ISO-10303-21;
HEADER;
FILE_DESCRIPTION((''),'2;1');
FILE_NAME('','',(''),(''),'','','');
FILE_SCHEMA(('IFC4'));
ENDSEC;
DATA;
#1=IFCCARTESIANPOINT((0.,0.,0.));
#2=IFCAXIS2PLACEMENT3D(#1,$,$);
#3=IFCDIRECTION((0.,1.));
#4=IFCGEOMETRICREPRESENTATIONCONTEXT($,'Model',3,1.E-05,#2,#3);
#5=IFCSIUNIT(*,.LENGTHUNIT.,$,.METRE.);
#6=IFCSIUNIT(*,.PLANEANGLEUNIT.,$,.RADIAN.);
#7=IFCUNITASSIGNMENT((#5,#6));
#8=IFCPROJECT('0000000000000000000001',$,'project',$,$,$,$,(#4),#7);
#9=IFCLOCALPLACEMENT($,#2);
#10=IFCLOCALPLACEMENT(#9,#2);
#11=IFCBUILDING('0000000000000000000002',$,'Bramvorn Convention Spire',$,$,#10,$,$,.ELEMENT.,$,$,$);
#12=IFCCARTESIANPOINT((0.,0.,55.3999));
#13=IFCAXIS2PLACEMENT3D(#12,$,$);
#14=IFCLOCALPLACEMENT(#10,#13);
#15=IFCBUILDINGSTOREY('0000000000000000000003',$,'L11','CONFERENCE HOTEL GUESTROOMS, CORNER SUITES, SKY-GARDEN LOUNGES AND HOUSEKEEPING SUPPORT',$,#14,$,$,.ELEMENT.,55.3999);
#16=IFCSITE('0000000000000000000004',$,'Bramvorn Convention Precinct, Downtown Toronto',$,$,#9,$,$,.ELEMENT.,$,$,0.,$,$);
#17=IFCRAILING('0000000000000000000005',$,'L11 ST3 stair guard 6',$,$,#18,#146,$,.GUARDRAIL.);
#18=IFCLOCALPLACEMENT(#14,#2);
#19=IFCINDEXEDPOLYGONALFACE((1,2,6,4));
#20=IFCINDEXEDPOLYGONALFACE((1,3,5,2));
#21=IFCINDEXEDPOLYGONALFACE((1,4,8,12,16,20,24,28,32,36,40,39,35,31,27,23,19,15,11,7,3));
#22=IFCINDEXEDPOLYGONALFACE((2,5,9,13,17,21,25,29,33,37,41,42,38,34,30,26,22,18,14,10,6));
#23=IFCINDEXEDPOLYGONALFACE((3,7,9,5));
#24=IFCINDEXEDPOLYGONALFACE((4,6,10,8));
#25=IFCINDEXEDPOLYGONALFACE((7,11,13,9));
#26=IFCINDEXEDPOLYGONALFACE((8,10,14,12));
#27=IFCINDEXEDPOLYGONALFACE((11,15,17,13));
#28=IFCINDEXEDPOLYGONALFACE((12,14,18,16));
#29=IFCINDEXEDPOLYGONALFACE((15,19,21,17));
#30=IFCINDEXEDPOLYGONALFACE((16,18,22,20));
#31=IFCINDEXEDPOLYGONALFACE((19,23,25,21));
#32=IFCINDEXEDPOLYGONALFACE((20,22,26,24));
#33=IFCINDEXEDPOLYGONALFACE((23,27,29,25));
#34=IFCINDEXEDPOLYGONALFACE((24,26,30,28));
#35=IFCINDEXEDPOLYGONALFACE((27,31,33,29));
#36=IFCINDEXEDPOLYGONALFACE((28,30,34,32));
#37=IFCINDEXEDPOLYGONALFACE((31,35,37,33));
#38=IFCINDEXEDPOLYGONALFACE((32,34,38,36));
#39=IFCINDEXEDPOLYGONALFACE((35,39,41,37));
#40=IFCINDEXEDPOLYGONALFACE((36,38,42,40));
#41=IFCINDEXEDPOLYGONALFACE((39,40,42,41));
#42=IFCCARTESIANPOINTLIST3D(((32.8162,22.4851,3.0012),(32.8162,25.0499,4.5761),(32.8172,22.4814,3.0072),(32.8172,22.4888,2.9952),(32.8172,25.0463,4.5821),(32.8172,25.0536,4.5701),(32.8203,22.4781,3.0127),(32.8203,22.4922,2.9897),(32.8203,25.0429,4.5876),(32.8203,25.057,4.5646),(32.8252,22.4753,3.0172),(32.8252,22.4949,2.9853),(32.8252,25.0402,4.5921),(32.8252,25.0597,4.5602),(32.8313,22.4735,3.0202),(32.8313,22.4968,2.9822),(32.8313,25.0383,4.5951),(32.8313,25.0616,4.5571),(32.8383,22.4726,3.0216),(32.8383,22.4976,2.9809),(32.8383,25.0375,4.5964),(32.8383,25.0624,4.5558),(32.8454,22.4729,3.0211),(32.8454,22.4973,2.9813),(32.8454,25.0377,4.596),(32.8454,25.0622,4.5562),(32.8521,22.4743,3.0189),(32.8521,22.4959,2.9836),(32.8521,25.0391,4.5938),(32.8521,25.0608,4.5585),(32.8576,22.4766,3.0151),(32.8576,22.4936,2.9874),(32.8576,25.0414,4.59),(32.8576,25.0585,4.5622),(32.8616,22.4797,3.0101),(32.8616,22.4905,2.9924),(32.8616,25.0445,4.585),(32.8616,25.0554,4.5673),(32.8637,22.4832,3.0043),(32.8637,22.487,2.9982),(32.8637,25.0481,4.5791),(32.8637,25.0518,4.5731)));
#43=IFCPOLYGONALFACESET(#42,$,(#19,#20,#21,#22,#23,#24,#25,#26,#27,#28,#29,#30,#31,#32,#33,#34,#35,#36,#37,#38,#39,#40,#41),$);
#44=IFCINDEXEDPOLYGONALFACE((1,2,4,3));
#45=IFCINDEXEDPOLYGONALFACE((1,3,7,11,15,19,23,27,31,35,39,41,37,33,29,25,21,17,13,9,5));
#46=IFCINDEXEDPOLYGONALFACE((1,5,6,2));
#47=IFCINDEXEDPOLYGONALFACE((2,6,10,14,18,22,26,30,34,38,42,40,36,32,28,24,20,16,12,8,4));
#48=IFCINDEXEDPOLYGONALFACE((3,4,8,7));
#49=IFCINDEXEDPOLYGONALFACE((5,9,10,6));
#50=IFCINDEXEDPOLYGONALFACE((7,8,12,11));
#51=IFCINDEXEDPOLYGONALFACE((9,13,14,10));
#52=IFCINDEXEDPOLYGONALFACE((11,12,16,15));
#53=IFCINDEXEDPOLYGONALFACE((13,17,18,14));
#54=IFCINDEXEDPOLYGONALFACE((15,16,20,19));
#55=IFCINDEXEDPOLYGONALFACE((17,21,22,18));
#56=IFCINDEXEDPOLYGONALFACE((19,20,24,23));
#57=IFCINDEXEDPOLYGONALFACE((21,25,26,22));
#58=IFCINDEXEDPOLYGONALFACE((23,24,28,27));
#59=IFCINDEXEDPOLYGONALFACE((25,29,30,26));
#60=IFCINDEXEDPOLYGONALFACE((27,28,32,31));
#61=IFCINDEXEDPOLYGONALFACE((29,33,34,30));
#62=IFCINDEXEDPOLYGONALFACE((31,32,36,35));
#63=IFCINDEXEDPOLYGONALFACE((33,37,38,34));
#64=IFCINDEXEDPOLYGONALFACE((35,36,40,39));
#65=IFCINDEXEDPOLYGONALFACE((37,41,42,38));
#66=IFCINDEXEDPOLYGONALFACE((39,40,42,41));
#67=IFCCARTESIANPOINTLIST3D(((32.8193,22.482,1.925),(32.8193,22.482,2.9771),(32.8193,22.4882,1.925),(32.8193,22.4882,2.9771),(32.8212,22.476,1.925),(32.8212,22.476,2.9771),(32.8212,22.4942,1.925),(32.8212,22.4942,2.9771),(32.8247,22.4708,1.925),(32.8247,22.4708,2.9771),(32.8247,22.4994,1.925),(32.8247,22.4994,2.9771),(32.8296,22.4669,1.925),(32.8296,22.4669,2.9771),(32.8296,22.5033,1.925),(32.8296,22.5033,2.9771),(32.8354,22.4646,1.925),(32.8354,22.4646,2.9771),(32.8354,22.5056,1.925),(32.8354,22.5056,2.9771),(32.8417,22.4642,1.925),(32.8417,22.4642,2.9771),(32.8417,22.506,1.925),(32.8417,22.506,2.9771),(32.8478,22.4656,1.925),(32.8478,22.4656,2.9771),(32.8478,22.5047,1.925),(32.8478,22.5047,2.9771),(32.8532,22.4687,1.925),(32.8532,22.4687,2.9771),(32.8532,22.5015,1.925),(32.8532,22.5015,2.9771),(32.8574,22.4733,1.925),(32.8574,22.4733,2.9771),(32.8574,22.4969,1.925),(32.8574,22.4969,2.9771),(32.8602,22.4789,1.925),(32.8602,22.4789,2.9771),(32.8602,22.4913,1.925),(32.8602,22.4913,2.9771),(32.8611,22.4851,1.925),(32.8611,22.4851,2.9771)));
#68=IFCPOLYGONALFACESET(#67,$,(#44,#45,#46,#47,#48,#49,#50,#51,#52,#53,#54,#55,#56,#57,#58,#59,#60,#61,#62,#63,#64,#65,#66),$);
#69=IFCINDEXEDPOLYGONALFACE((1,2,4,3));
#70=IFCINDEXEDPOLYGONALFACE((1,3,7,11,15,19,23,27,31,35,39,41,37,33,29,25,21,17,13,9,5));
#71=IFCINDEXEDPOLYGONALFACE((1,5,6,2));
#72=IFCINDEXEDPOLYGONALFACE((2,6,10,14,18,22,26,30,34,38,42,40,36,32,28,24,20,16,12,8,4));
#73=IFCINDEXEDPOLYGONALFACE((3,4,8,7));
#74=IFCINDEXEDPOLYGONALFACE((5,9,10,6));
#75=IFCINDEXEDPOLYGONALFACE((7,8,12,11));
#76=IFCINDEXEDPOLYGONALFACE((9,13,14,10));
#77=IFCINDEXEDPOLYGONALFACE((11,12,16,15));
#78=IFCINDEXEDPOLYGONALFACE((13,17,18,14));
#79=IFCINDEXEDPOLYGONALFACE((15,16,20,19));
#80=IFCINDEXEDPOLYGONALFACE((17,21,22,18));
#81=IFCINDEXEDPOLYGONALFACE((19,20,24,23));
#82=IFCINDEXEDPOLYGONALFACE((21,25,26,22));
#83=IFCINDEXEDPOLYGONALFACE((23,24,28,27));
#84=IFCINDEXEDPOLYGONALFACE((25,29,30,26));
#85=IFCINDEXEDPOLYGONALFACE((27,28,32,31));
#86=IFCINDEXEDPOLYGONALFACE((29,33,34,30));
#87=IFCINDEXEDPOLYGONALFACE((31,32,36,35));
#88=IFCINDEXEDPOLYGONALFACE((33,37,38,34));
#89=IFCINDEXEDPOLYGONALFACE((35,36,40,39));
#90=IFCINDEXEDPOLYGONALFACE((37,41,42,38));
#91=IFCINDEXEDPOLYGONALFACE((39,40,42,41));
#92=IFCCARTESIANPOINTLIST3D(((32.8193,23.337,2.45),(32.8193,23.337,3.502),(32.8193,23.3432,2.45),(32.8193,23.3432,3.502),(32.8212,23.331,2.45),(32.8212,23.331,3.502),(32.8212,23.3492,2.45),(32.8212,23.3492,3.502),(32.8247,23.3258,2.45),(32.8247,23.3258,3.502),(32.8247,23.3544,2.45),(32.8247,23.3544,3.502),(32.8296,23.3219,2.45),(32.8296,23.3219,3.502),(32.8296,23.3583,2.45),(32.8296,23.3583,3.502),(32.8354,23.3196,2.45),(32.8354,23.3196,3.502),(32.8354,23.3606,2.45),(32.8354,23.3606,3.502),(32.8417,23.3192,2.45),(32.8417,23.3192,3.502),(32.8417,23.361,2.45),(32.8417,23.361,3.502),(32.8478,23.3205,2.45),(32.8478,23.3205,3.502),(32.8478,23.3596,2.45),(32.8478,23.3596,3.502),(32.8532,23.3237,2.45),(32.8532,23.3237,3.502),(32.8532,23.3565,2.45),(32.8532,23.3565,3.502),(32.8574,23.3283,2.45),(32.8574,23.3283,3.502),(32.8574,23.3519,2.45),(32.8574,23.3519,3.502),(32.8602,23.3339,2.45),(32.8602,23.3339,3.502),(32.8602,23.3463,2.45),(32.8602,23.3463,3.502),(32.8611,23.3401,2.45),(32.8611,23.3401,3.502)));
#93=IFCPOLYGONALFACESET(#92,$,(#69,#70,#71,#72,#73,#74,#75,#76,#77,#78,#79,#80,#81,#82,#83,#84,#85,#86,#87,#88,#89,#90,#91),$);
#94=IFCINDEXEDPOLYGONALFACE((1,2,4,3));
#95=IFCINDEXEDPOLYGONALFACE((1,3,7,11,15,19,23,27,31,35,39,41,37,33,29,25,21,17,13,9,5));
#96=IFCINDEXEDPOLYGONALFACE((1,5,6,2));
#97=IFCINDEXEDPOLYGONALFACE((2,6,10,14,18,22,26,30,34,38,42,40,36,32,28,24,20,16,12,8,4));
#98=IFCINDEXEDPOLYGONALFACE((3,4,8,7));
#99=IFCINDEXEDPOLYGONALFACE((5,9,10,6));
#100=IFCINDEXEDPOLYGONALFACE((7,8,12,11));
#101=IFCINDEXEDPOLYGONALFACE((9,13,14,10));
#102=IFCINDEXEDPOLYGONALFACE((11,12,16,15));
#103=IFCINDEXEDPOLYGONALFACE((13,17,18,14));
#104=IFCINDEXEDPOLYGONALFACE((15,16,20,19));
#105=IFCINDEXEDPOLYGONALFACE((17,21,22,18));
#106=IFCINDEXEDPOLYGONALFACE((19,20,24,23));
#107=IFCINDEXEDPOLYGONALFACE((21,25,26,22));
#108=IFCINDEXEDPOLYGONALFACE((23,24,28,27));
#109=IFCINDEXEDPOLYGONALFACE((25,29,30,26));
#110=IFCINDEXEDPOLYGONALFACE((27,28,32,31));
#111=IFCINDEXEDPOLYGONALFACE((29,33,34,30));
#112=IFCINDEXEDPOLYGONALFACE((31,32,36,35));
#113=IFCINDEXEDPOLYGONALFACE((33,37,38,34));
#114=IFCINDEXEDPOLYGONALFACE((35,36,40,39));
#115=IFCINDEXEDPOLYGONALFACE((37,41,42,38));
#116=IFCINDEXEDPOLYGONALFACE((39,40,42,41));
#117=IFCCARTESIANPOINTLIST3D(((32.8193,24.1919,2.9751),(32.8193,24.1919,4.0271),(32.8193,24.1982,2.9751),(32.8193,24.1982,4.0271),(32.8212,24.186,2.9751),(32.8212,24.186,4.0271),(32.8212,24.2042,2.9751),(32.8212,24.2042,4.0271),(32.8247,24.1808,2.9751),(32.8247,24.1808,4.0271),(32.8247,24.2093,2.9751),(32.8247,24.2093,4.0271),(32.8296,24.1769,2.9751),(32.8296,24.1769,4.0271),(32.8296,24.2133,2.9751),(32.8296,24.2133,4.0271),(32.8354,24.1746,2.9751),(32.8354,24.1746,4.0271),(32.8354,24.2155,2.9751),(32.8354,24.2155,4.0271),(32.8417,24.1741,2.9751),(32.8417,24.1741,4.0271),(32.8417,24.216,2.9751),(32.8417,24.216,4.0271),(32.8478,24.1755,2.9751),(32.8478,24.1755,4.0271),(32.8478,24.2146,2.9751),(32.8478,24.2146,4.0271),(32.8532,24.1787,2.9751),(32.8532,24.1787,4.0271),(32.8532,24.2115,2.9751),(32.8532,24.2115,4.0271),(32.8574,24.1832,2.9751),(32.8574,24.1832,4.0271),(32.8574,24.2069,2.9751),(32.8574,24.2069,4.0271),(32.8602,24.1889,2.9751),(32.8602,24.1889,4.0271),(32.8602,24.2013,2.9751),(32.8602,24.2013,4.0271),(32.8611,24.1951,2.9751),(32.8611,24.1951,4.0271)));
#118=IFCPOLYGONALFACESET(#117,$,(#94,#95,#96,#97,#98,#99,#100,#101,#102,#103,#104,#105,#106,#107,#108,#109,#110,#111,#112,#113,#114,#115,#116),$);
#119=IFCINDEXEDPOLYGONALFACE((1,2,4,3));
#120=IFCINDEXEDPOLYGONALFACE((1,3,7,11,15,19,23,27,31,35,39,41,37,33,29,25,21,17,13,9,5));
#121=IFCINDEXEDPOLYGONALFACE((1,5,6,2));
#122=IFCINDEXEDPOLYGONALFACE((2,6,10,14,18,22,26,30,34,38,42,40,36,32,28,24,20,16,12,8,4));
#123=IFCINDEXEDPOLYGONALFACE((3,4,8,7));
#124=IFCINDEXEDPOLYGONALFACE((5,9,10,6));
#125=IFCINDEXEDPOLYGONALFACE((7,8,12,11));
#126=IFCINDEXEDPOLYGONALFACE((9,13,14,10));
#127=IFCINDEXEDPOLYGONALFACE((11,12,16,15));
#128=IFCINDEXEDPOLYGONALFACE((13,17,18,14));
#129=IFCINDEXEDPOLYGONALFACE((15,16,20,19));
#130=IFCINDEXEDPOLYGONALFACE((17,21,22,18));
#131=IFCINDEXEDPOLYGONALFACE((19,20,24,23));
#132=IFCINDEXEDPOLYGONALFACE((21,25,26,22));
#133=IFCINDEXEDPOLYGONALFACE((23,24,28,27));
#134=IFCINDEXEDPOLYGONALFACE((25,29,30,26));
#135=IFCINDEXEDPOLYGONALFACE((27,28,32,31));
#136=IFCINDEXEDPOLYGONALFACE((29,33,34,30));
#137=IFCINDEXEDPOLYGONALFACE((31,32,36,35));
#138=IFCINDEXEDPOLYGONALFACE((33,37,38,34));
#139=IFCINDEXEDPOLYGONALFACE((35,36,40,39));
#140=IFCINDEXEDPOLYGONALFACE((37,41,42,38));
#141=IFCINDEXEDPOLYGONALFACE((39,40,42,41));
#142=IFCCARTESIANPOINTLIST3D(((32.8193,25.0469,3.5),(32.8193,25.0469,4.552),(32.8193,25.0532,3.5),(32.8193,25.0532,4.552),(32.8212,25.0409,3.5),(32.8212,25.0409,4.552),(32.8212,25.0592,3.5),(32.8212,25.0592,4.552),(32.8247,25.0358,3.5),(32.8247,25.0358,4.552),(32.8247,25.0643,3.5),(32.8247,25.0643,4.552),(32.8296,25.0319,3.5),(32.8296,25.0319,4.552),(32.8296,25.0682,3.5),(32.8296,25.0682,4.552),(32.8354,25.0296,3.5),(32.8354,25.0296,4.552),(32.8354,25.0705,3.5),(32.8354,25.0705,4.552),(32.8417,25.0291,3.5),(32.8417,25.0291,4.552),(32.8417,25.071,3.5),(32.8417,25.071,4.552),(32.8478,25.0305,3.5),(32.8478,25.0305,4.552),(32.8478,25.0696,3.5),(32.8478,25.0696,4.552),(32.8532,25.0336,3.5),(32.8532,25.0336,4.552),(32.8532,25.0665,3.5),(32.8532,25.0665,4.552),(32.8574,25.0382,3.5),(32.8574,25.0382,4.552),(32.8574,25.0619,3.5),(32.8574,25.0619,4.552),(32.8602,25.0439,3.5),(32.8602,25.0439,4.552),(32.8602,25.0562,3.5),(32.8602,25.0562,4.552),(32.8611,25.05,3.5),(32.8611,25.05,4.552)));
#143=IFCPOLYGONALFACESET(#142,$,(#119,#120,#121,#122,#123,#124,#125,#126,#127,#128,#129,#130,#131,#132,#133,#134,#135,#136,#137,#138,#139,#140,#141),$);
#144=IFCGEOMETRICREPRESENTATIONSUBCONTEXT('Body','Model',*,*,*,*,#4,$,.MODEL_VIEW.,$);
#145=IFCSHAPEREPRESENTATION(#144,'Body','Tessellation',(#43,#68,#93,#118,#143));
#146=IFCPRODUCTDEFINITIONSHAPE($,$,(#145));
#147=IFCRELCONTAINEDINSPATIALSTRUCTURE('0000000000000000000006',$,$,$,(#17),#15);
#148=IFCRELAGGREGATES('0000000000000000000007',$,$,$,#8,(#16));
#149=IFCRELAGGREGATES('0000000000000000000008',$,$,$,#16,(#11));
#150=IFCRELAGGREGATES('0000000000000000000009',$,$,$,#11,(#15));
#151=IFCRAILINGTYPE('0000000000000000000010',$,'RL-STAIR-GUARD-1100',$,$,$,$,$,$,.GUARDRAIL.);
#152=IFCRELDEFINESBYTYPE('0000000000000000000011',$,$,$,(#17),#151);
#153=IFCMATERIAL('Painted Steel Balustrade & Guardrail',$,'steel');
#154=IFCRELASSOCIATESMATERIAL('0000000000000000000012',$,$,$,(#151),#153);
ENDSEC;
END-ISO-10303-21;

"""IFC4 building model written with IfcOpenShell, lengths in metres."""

from ifc_helpers import new_model, si_unit, direction, frame, origin, origin_2d, place, context, subcontext, project, spatial, circle, extrude, material, type_object, element, save


model = new_model("IFC4")

# Units and contexts
model_context = context("Model", 3, precision=1e-05, world=origin(), true_north=direction((0.0, 1.0)))
body_context = subcontext(model_context, "Body", "Model", "MODEL_VIEW")
ifc_project = project(units=[si_unit("LENGTHUNIT", "METRE"), si_unit("PLANEANGLEUNIT", "RADIAN")], contexts=[model_context])

# Site, building, storey
site_placement = place(None, origin())
site = spatial("IfcSite", under=ifc_project, at=site_placement, Name="Bramvorn Convention Precinct, Downtown Toronto", CompositionType="ELEMENT", RefElevation=0.0)
building_placement = place(site_placement, origin())
building = spatial("IfcBuilding", under=site, at=building_placement, Name="Bramvorn Convention Spire", CompositionType="ELEMENT")
storey_placement = place(building_placement, frame((0.0, 0.0, 55.3999)))
storey = spatial("IfcBuildingStorey", under=building, at=storey_placement, Name="L11", Description="CONFERENCE HOTEL GUESTROOMS, CORNER SUITES, SKY-GARDEN LOUNGES AND HOUSEKEEPING SUPPORT", CompositionType="ELEMENT", Elevation=55.3999)

# Railing
ifc_material_1 = material(Name="Painted Steel Balustrade & Guardrail", Category="steel")
railing_type_1 = type_object("IfcRailingType", Name="RL-STAIR-GUARD-1100", PredefinedType="GUARDRAIL", material=ifc_material_1)
railing_1_placement = place(storey_placement, frame((32.8401, 22.4851, 1.925)))
element("IfcRailing", 1, at=railing_1_placement, inside=storey, type_object=railing_type_1, Name="L11 ST3 stair guard 6", PredefinedType="GUARDRAIL", context=body_context, shape_type="SweptSolid", body=[
    extrude(circle(Radius=0.0239, at=origin_2d()), frame((0.0, 0.0, 1.0762), z_axis=(0.0, 0.852173, 0.52326), x_axis=(-1.0, 0.0, 0.0)), (0.0, 0.0, 1.0), 3.0098),
    extrude(circle(Radius=0.021, at=origin_2d()), origin(), (0.0, 0.0, 1.0), 1.052),
    extrude(circle(Radius=0.021, at=origin_2d()), frame((0.0, 0.855, 0.5249)), (0.0, 0.0, 1.0), 1.052),
    extrude(circle(Radius=0.021, at=origin_2d()), frame((0.0, 1.71, 1.05)), (0.0, 0.0, 1.0), 1.052),
    extrude(circle(Radius=0.021, at=origin_2d()), frame((0.0, 2.5649, 1.575)), (0.0, 0.0, 1.0), 1.052),
])

save(model, "model.ifc")
